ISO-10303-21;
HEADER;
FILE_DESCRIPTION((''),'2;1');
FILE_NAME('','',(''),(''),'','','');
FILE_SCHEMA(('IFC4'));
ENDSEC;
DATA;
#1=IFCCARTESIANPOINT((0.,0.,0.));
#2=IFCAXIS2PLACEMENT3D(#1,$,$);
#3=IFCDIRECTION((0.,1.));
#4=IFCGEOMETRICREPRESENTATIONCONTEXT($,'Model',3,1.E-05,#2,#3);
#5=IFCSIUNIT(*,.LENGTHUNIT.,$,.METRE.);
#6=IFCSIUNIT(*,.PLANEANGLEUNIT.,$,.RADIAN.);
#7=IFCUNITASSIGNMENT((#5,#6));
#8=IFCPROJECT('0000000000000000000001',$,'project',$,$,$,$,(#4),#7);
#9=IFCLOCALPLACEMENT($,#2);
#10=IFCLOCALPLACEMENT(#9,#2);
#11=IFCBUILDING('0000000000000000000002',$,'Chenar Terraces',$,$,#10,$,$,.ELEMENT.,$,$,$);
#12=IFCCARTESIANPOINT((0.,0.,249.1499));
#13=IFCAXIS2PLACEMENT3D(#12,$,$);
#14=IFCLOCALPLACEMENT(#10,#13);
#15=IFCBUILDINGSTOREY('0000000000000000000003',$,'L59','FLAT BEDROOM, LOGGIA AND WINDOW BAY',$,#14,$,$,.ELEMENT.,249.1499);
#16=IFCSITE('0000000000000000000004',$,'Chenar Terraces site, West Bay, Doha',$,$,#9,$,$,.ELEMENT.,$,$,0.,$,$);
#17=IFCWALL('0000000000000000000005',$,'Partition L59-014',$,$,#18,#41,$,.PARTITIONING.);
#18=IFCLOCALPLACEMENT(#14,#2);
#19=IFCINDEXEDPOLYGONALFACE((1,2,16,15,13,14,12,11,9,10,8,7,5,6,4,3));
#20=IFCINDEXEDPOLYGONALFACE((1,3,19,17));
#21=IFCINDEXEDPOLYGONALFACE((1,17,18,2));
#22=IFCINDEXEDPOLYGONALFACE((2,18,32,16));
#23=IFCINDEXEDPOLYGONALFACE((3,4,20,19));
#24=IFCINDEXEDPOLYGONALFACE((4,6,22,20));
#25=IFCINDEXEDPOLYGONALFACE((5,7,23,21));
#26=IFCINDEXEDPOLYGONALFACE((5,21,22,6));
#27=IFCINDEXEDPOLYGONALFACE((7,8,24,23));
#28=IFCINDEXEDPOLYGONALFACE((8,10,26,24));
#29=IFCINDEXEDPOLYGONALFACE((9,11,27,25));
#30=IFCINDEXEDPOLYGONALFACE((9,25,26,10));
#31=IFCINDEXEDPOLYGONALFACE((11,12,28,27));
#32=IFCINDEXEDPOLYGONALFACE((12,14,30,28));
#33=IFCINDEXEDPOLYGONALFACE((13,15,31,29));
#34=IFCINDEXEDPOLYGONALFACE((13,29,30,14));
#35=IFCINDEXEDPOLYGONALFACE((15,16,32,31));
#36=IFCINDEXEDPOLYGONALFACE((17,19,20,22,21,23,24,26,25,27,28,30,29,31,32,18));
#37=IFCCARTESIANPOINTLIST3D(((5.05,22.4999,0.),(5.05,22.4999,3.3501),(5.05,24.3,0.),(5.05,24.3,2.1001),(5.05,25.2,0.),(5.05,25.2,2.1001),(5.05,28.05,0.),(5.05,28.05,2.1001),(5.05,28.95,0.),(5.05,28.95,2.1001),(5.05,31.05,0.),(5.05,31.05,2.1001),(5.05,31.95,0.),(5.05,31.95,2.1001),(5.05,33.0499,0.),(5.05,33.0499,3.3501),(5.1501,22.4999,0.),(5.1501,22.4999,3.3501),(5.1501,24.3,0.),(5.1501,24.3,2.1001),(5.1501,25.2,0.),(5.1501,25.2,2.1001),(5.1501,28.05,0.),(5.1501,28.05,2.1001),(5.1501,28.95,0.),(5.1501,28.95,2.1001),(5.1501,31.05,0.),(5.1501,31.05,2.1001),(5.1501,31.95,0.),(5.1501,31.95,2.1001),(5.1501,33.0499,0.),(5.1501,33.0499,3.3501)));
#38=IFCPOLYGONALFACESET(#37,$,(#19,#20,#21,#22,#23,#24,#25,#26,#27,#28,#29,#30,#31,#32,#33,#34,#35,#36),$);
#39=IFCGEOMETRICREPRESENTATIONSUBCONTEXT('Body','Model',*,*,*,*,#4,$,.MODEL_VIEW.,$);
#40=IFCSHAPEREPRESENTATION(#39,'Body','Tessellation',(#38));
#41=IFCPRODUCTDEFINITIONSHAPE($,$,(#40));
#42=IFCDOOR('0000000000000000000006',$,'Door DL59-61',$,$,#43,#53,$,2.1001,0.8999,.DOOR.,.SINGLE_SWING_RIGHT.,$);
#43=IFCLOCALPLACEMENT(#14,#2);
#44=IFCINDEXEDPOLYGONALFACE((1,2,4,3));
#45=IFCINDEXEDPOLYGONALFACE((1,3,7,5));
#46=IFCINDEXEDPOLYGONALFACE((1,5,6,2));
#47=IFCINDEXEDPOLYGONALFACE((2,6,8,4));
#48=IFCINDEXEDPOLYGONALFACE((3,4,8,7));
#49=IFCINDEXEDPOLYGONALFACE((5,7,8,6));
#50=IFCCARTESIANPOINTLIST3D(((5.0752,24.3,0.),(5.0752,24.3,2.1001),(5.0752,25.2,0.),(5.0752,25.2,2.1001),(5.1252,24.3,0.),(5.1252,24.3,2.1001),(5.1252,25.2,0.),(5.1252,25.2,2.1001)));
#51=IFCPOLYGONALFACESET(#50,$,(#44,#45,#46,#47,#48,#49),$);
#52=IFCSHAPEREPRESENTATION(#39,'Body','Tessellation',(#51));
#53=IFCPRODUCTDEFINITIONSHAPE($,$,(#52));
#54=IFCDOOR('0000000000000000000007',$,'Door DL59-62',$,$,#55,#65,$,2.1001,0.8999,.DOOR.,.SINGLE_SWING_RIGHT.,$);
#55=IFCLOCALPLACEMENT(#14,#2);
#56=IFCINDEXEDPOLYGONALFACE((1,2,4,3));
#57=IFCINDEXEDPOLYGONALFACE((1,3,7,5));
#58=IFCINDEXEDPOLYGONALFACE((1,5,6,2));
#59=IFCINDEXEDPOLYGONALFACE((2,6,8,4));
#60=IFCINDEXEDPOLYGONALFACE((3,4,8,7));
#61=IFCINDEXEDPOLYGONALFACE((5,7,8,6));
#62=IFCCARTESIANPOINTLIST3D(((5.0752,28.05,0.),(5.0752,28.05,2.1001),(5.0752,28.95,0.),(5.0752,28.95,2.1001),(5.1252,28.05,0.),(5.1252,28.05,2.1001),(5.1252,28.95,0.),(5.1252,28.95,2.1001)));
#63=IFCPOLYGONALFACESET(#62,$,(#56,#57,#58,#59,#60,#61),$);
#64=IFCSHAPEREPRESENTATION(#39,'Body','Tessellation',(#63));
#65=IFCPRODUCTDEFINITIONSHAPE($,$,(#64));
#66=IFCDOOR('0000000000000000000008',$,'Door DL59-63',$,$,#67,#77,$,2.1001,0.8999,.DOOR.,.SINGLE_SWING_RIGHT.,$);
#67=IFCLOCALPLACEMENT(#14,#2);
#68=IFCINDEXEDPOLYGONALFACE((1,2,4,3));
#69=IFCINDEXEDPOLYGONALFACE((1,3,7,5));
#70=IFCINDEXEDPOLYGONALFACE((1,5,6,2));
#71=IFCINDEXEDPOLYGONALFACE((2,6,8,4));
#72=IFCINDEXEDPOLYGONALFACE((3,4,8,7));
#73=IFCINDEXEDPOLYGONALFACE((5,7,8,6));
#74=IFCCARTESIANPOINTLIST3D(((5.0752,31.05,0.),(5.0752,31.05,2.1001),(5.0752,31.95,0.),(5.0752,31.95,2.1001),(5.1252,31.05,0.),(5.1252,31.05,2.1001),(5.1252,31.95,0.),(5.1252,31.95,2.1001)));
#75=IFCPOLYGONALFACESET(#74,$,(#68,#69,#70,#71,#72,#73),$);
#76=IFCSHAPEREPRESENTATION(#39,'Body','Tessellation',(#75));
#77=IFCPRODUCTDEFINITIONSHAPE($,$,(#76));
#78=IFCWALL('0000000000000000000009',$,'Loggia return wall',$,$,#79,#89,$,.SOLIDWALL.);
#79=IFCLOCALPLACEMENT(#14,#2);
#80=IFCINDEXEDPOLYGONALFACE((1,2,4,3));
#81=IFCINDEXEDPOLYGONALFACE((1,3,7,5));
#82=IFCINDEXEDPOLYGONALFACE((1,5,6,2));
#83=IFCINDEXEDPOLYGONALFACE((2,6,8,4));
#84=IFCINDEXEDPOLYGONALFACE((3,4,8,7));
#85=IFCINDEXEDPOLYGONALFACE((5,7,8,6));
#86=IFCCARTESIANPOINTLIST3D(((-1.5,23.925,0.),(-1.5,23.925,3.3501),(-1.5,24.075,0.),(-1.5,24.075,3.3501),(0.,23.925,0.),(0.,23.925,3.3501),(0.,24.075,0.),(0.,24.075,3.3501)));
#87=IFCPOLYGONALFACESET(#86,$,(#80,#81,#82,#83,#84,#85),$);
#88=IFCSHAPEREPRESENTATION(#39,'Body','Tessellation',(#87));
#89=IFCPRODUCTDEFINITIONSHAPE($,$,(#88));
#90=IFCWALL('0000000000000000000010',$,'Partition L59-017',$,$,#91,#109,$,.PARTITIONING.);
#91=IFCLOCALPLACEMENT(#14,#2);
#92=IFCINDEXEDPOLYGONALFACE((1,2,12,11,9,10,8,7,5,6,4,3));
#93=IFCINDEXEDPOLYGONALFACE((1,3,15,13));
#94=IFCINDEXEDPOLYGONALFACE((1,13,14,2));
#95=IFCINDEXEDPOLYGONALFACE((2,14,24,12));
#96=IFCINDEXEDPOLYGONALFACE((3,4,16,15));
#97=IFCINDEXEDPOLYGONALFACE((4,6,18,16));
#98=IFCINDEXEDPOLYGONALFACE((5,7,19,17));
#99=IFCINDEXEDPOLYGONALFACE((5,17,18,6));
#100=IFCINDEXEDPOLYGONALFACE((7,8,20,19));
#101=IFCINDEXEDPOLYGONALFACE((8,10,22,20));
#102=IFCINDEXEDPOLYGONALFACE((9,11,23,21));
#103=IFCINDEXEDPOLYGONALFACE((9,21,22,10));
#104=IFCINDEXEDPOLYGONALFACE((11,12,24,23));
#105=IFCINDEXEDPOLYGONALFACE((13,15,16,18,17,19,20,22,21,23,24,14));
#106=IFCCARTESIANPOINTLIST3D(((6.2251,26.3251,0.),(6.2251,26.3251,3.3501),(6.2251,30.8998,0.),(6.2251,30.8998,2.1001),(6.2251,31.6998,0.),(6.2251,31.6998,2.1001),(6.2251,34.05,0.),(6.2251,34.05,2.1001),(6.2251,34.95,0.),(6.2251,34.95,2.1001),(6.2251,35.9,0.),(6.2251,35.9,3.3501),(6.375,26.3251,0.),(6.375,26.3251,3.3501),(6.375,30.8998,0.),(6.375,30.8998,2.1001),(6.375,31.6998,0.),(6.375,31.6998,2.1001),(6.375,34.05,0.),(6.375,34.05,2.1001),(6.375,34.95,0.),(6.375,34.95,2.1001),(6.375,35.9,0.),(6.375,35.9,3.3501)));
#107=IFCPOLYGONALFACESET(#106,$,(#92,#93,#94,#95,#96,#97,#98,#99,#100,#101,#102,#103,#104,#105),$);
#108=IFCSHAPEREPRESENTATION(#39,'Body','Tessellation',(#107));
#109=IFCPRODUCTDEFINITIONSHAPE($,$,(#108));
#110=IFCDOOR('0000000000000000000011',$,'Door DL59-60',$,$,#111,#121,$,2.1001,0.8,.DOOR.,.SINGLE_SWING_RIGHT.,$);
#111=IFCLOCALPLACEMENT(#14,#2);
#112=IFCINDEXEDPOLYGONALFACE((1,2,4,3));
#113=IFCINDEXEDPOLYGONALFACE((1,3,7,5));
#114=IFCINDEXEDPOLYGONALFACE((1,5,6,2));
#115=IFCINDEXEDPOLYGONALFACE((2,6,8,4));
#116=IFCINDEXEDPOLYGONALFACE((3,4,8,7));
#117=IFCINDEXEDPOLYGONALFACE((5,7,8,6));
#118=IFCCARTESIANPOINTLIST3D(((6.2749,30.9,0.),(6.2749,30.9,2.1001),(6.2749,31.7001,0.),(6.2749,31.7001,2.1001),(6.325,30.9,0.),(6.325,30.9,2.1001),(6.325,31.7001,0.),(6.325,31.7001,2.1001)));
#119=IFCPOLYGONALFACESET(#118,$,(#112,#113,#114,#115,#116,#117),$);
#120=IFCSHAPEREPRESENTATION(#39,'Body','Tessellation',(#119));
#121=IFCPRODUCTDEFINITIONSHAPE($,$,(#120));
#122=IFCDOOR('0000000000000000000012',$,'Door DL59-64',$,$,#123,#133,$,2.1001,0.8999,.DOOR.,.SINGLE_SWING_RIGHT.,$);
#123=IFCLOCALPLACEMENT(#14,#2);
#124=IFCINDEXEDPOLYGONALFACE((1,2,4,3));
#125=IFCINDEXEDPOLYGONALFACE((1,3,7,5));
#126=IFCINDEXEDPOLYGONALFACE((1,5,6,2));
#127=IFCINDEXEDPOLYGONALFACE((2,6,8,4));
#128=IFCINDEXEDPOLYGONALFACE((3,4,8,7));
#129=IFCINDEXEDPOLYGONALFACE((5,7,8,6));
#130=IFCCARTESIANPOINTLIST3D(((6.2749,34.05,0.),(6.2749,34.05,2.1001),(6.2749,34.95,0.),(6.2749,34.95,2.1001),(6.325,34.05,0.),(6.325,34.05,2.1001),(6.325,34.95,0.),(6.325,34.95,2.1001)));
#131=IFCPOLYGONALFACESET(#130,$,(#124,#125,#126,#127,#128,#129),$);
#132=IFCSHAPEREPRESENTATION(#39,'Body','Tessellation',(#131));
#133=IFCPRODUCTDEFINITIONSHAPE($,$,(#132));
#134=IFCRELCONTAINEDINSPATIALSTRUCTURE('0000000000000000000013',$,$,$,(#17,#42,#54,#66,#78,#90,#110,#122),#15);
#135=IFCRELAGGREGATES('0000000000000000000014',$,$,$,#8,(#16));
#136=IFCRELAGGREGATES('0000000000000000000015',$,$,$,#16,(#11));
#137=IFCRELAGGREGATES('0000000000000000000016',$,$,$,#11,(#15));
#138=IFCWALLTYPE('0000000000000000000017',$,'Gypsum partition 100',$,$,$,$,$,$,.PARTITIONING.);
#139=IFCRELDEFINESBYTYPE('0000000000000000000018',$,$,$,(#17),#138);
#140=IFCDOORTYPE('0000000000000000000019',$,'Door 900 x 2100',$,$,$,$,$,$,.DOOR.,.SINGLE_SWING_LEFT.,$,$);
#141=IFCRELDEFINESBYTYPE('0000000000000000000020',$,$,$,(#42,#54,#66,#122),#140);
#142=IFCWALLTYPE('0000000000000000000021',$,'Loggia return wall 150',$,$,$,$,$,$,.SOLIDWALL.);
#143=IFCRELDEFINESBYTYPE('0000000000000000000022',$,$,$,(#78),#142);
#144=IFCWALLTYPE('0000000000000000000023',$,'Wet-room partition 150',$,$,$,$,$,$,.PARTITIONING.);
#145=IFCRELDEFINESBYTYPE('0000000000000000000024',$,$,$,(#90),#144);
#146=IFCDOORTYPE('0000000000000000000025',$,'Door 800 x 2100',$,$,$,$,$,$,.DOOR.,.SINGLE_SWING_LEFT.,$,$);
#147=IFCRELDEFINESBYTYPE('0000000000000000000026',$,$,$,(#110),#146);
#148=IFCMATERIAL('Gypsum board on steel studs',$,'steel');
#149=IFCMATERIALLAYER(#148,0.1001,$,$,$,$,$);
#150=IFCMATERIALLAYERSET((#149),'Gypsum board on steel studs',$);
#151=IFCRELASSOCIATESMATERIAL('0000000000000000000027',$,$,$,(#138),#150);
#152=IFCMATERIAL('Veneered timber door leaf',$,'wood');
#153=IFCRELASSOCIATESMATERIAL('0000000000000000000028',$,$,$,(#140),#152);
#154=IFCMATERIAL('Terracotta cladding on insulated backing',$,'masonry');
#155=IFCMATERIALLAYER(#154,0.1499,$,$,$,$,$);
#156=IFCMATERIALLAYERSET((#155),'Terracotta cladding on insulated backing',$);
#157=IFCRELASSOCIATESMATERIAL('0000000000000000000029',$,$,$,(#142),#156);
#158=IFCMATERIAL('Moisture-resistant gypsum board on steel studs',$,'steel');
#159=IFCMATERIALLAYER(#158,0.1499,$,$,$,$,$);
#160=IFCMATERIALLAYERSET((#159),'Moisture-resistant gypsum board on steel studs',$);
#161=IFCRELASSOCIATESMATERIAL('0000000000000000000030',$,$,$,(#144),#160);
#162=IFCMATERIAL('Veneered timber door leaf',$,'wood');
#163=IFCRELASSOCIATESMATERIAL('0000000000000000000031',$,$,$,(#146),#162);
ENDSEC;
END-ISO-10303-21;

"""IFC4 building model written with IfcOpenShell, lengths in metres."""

from ifc_helpers import new_model, si_unit, direction, frame, frame_2d, origin, place, context, subcontext, project, spatial, rectangle, extrude, material, layer, layer_set, type_object, element, fill, save


model = new_model("IFC4")

# Units and contexts
model_context = context("Model", 3, precision=1e-05, world=origin(), true_north=direction((0.0, 1.0)))
body_context = subcontext(model_context, "Body", "Model", "MODEL_VIEW")
ifc_project = project(units=[si_unit("LENGTHUNIT", "METRE"), si_unit("PLANEANGLEUNIT", "RADIAN")], contexts=[model_context])

# Site, building, storey
site_placement = place(None, origin())
site = spatial("IfcSite", under=ifc_project, at=site_placement, Name="Chenar Terraces site, West Bay, Doha", CompositionType="ELEMENT", RefElevation=0.0)
building_placement = place(site_placement, origin())
building = spatial("IfcBuilding", under=site, at=building_placement, Name="Chenar Terraces", CompositionType="ELEMENT")
storey_placement = place(building_placement, frame((0.0, 0.0, 249.1499)))
storey = spatial("IfcBuildingStorey", under=building, at=storey_placement, Name="L59", Description="FLAT BEDROOM, LOGGIA AND WINDOW BAY", CompositionType="ELEMENT", Elevation=249.1499)

# Shared definitions
ifc_material_1 = material(Name="Gypsum board on steel studs", Category="steel")
ifc_layer_1 = layer(ifc_material_1, 0.1001)
ifc_layer_set_1 = layer_set([ifc_layer_1], Name="Gypsum board on steel studs")
wall_type_1 = type_object("IfcWallType", Name="Gypsum partition 100", PredefinedType="PARTITIONING", material=ifc_layer_set_1)

# Wall, openings, doors
wall_1_placement = place(storey_placement, frame((5.1001, 22.5, 0.0), z_axis=(0.0, 0.0, 1.0), x_axis=(0.0, 1.0, 0.0)))
wall_1 = element("IfcWall", 1, at=wall_1_placement, inside=storey, type_object=wall_type_1, Name="Partition L59-014", PredefinedType="PARTITIONING", context=body_context, shape_type="SweptSolid", body=[
    extrude(rectangle(XDim=10.55, YDim=0.1001, at=frame_2d((5.2749, 0.0))), origin(), (0.0, 0.0, 1.0), 3.3501),
])
opening_1_placement = place(wall_1_placement, frame((1.8, 0.0, 0.0)))
opening_1 = element("IfcOpeningElement", 2, at=opening_1_placement, cuts=wall_1, PredefinedType="OPENING", context=body_context, shape_type="SweptSolid", body=[
    extrude(rectangle(XDim=0.8999, YDim=2.1001, at=frame_2d((0.45, 1.05))), frame((0.0, 0.0601, 0.0), z_axis=(0.0, -1.0, 0.0), x_axis=(1.0, 0.0, 0.0)), (0.0, 0.0, 1.0), 0.1201),
])
opening_2_placement = place(wall_1_placement, frame((5.55, 0.0, 0.0)))
opening_2 = element("IfcOpeningElement", 3, at=opening_2_placement, cuts=wall_1, PredefinedType="OPENING", context=body_context, shape_type="SweptSolid", body=[
    extrude(rectangle(XDim=0.8999, YDim=2.1001, at=frame_2d((0.45, 1.05))), frame((0.0, 0.0601, 0.0), z_axis=(0.0, -1.0, 0.0), x_axis=(1.0, 0.0, 0.0)), (0.0, 0.0, 1.0), 0.1201),
])
opening_3_placement = place(wall_1_placement, frame((8.55, 0.0, 0.0)))
opening_3 = element("IfcOpeningElement", 4, at=opening_3_placement, cuts=wall_1, PredefinedType="OPENING", context=body_context, shape_type="SweptSolid", body=[
    extrude(rectangle(XDim=0.8999, YDim=2.1001, at=frame_2d((0.45, 1.05))), frame((0.0, 0.0601, 0.0), z_axis=(0.0, -1.0, 0.0), x_axis=(1.0, 0.0, 0.0)), (0.0, 0.0, 1.0), 0.1201),
])
ifc_material_2 = material(Name="Veneered timber door leaf", Category="wood")
door_type_1 = type_object("IfcDoorType", Name="Door 900 x 2100", OperationType="SINGLE_SWING_LEFT", PredefinedType="DOOR", material=ifc_material_2)
door_1_placement = place(opening_1_placement, origin())
door_1 = element("IfcDoor", 5, at=door_1_placement, inside=storey, type_object=door_type_1, Name="Door DL59-61", OperationType="SINGLE_SWING_RIGHT", OverallHeight=2.1001, OverallWidth=0.8999, PredefinedType="DOOR", context=body_context, shape_type="SweptSolid", body=[
    extrude(rectangle(XDim=0.8999, YDim=2.1001, at=frame_2d((0.45, 1.05))), frame((0.0, 0.0249, 0.0), z_axis=(0.0, -1.0, 0.0), x_axis=(1.0, 0.0, 0.0)), (0.0, 0.0, 1.0), 0.05),
])
fill(opening_1, door_1)
door_2_placement = place(opening_2_placement, origin())
door_2 = element("IfcDoor", 6, at=door_2_placement, inside=storey, type_object=door_type_1, Name="Door DL59-62", OperationType="SINGLE_SWING_RIGHT", OverallHeight=2.1001, OverallWidth=0.8999, PredefinedType="DOOR", context=body_context, shape_type="SweptSolid", body=[
    extrude(rectangle(XDim=0.8999, YDim=2.1001, at=frame_2d((0.45, 1.05))), frame((0.0, 0.0249, 0.0), z_axis=(0.0, -1.0, 0.0), x_axis=(1.0, 0.0, 0.0)), (0.0, 0.0, 1.0), 0.05),
])
fill(opening_2, door_2)
door_3_placement = place(opening_3_placement, origin())
door_3 = element("IfcDoor", 7, at=door_3_placement, inside=storey, type_object=door_type_1, Name="Door DL59-63", OperationType="SINGLE_SWING_RIGHT", OverallHeight=2.1001, OverallWidth=0.8999, PredefinedType="DOOR", context=body_context, shape_type="SweptSolid", body=[
    extrude(rectangle(XDim=0.8999, YDim=2.1001, at=frame_2d((0.45, 1.05))), frame((0.0, 0.0249, 0.0), z_axis=(0.0, -1.0, 0.0), x_axis=(1.0, 0.0, 0.0)), (0.0, 0.0, 1.0), 0.05),
])
fill(opening_3, door_3)

# Wall
ifc_material_3 = material(Name="Terracotta cladding on insulated backing", Category="masonry")
ifc_layer_2 = layer(ifc_material_3, 0.1499)
ifc_layer_set_2 = layer_set([ifc_layer_2], Name="Terracotta cladding on insulated backing")
wall_type_2 = type_object("IfcWallType", Name="Loggia return wall 150", PredefinedType="SOLIDWALL", material=ifc_layer_set_2)
wall_2_placement = place(storey_placement, frame((-1.5, 24.0, 0.0), z_axis=(0.0, 0.0, 1.0), x_axis=(1.0, 0.0, 0.0)))
element("IfcWall", 8, at=wall_2_placement, inside=storey, type_object=wall_type_2, Name="Loggia return wall", PredefinedType="SOLIDWALL", context=body_context, shape_type="SweptSolid", body=[
    extrude(rectangle(XDim=1.5, YDim=0.1499, at=frame_2d((0.75, 0.0))), origin(), (0.0, 0.0, 1.0), 3.3501),
])

# Wall, openings, doors
ifc_material_4 = material(Name="Moisture-resistant gypsum board on steel studs", Category="steel")
ifc_layer_3 = layer(ifc_material_4, 0.1499)
ifc_layer_set_3 = layer_set([ifc_layer_3], Name="Moisture-resistant gypsum board on steel studs")
wall_type_3 = type_object("IfcWallType", Name="Wet-room partition 150", PredefinedType="PARTITIONING", material=ifc_layer_set_3)
wall_3_placement = place(storey_placement, frame((6.3, 26.325, 0.0), z_axis=(0.0, 0.0, 1.0), x_axis=(0.0, 1.0, 0.0)))
wall_3 = element("IfcWall", 9, at=wall_3_placement, inside=storey, type_object=wall_type_3, Name="Partition L59-017", PredefinedType="PARTITIONING", context=body_context, shape_type="SweptSolid", body=[
    extrude(rectangle(XDim=9.575, YDim=0.1499, at=frame_2d((4.7876, 0.0))), origin(), (0.0, 0.0, 1.0), 3.3501),
])
opening_4_placement = place(wall_3_placement, frame((4.575, 0.0, 0.0)))
opening_4 = element("IfcOpeningElement", 10, at=opening_4_placement, cuts=wall_3, PredefinedType="OPENING", context=body_context, shape_type="SweptSolid", body=[
    extrude(rectangle(XDim=0.8, YDim=2.1001, at=frame_2d((0.3999, 1.05))), frame((0.0, 0.085, 0.0), z_axis=(0.0, -1.0, 0.0), x_axis=(1.0, 0.0, 0.0)), (0.0, 0.0, 1.0), 0.1699),
])
opening_5_placement = place(wall_3_placement, frame((7.7251, 0.0, 0.0)))
opening_5 = element("IfcOpeningElement", 11, at=opening_5_placement, cuts=wall_3, PredefinedType="OPENING", context=body_context, shape_type="SweptSolid", body=[
    extrude(rectangle(XDim=0.8999, YDim=2.1001, at=frame_2d((0.45, 1.05))), frame((0.0, 0.085, 0.0), z_axis=(0.0, -1.0, 0.0), x_axis=(1.0, 0.0, 0.0)), (0.0, 0.0, 1.0), 0.1699),
])
ifc_material_5 = material(Name="Veneered timber door leaf", Category="wood")
door_type_2 = type_object("IfcDoorType", Name="Door 800 x 2100", OperationType="SINGLE_SWING_LEFT", PredefinedType="DOOR", material=ifc_material_5)
door_4_placement = place(opening_4_placement, frame((0.8, 0.0, 0.0), z_axis=(0.0, 0.0, 1.0), x_axis=(-1.0, 0.0, 0.0)))
door_4 = element("IfcDoor", 12, at=door_4_placement, inside=storey, type_object=door_type_2, Name="Door DL59-60", OperationType="SINGLE_SWING_RIGHT", OverallHeight=2.1001, OverallWidth=0.8, PredefinedType="DOOR", context=body_context, shape_type="SweptSolid", body=[
    extrude(rectangle(XDim=0.8, YDim=2.1001, at=frame_2d((0.3999, 1.05))), frame((0.0, 0.0249, 0.0), z_axis=(0.0, -1.0, 0.0), x_axis=(1.0, 0.0, 0.0)), (0.0, 0.0, 1.0), 0.05),
])
fill(opening_4, door_4)
door_5_placement = place(opening_5_placement, frame((0.8999, 0.0, 0.0), z_axis=(0.0, 0.0, 1.0), x_axis=(-1.0, 0.0, 0.0)))
door_5 = element("IfcDoor", 13, at=door_5_placement, inside=storey, type_object=door_type_1, Name="Door DL59-64", OperationType="SINGLE_SWING_RIGHT", OverallHeight=2.1001, OverallWidth=0.8999, PredefinedType="DOOR", context=body_context, shape_type="SweptSolid", body=[
    extrude(rectangle(XDim=0.8999, YDim=2.1001, at=frame_2d((0.45, 1.05))), frame((0.0, 0.0249, 0.0), z_axis=(0.0, -1.0, 0.0), x_axis=(1.0, 0.0, 0.0)), (0.0, 0.0, 1.0), 0.05),
])
fill(opening_5, door_5)

save(model, "model.ifc")
